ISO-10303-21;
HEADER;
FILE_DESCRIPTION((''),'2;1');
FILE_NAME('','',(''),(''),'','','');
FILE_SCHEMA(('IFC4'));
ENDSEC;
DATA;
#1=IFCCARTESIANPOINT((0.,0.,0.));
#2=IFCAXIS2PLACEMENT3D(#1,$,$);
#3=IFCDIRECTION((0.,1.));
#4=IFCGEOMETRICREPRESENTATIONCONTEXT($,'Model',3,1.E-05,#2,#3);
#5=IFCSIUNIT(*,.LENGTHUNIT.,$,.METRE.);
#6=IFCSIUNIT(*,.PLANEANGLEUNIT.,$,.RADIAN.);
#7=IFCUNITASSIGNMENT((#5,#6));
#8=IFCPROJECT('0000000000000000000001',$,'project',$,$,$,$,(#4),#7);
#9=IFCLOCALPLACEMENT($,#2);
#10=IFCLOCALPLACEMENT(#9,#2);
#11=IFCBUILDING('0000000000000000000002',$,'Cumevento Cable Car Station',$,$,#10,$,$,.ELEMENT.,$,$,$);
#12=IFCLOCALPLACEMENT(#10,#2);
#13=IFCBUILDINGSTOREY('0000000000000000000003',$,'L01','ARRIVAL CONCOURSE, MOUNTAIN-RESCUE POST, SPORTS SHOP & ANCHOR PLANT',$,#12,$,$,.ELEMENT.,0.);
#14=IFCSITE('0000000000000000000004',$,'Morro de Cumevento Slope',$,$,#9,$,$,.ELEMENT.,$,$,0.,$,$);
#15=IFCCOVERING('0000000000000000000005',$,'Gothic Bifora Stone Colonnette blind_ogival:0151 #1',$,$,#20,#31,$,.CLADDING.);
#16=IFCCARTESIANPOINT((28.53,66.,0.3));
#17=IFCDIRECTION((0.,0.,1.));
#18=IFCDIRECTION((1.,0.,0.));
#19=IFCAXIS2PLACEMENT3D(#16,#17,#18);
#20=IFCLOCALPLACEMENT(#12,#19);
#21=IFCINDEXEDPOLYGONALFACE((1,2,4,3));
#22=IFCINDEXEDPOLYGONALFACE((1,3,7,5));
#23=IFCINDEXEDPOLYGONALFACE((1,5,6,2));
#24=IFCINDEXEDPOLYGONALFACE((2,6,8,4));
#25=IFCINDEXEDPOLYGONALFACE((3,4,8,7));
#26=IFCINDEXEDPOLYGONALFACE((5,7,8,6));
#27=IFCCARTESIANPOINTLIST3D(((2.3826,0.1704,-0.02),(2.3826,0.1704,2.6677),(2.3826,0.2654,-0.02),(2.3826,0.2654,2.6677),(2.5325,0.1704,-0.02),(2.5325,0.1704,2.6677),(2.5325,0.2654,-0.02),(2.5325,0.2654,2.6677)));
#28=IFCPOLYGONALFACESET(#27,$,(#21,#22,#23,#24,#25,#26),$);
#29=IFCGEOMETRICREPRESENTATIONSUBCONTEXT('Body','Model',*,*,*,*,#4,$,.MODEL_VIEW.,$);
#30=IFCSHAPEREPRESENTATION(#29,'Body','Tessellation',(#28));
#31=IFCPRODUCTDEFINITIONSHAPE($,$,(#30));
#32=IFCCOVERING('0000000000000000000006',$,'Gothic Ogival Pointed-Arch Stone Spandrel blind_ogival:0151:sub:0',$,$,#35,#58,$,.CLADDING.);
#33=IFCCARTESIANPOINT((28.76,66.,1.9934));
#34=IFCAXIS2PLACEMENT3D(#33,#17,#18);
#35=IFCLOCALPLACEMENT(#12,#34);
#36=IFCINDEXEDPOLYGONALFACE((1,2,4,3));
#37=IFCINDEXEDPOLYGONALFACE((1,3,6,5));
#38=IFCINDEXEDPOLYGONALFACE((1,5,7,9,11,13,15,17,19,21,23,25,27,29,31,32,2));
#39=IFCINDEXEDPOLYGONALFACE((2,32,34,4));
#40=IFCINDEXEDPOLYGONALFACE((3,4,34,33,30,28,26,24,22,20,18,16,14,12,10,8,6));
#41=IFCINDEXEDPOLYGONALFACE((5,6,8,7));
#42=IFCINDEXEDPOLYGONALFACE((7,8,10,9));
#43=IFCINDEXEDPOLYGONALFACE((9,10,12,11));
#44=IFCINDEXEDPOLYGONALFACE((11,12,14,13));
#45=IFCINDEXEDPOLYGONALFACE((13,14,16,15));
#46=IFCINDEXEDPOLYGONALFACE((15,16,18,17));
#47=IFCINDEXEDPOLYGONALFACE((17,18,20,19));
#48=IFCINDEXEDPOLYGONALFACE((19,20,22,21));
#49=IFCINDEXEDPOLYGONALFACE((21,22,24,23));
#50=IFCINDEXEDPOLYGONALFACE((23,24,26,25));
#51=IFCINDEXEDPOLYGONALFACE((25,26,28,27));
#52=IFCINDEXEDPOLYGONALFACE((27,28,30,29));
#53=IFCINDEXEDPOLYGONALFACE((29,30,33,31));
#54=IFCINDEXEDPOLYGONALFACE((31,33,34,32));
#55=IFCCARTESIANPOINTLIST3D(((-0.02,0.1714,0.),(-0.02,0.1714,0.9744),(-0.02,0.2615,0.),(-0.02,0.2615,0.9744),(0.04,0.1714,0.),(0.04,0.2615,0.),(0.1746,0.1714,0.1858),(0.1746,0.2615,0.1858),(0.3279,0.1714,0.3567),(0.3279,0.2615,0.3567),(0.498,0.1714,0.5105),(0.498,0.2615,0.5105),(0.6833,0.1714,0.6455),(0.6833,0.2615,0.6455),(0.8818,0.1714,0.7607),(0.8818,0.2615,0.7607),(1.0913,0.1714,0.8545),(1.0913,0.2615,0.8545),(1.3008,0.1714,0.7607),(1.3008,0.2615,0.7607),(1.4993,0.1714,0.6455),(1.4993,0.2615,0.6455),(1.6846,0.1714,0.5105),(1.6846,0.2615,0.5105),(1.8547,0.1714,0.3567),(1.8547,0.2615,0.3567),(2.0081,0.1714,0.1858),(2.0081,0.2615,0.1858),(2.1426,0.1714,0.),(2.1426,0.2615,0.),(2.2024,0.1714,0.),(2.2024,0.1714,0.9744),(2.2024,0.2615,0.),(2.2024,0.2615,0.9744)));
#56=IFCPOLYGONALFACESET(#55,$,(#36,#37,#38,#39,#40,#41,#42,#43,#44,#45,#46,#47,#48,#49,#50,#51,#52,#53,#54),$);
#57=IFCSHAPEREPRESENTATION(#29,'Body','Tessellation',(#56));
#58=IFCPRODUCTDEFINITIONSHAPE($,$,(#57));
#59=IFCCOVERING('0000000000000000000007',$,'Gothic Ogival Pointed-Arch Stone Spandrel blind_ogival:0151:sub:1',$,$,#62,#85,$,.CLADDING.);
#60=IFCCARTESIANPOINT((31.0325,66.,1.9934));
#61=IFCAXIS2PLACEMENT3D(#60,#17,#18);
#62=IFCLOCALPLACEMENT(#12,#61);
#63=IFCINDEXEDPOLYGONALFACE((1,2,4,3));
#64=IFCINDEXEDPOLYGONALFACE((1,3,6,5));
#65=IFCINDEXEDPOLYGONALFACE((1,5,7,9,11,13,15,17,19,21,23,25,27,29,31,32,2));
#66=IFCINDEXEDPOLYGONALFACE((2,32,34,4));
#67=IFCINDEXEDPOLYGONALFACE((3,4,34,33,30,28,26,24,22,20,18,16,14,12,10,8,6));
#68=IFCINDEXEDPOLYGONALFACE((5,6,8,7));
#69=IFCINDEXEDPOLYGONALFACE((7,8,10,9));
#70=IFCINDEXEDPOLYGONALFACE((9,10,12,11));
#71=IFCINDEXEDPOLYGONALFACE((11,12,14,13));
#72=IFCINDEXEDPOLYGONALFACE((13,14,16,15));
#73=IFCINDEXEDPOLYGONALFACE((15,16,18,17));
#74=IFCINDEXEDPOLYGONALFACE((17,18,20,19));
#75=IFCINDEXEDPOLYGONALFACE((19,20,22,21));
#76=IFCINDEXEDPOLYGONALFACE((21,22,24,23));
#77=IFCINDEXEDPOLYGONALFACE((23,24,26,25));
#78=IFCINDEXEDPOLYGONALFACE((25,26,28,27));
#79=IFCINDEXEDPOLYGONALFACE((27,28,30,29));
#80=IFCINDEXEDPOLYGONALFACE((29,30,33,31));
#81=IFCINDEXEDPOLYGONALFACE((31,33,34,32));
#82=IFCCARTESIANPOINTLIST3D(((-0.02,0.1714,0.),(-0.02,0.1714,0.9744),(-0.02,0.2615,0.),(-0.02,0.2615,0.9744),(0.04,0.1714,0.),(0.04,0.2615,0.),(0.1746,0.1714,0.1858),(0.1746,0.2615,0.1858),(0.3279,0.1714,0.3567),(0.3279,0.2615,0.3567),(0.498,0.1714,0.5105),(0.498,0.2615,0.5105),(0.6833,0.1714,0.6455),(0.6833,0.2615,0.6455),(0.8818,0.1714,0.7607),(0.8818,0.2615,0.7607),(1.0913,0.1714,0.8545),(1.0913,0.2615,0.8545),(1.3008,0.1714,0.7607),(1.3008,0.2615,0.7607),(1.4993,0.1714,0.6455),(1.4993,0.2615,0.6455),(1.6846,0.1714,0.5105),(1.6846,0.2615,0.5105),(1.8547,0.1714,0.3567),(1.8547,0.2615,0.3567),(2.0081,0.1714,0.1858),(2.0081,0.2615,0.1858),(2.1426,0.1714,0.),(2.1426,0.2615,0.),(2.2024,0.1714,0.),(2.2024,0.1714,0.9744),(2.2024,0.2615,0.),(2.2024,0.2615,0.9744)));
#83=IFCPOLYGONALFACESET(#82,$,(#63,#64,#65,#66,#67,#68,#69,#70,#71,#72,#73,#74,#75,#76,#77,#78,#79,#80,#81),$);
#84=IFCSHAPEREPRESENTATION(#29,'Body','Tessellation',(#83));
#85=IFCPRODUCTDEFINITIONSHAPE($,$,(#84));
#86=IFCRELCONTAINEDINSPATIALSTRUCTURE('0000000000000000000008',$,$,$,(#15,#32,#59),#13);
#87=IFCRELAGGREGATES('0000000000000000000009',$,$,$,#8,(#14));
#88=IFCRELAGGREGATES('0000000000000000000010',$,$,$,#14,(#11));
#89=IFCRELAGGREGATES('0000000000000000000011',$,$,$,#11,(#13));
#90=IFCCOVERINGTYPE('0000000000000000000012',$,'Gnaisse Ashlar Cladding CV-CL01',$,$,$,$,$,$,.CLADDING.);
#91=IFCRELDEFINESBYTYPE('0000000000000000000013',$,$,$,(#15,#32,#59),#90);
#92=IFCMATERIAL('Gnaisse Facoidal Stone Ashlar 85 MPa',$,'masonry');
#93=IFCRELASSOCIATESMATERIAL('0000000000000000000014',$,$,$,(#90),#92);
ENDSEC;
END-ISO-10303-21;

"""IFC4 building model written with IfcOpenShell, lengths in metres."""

from ifc_helpers import new_model, si_unit, direction, frame, origin, place, context, subcontext, project, spatial, polyline, outline, extrude, material, type_object, element, save


model = new_model("IFC4")

# Units and contexts
model_context = context("Model", 3, precision=1e-05, world=origin(), true_north=direction((0.0, 1.0)))
body_context = subcontext(model_context, "Body", "Model", "MODEL_VIEW")
ifc_project = project(units=[si_unit("LENGTHUNIT", "METRE"), si_unit("PLANEANGLEUNIT", "RADIAN")], contexts=[model_context])

# Site, building, storey
site_placement = place(None, origin())
site = spatial("IfcSite", under=ifc_project, at=site_placement, Name="Morro de Cumevento Slope", CompositionType="ELEMENT", RefElevation=0.0)
building_placement = place(site_placement, origin())
building = spatial("IfcBuilding", under=site, at=building_placement, Name="Cumevento Cable Car Station", CompositionType="ELEMENT")
storey_placement = place(building_placement, origin())
storey = spatial("IfcBuildingStorey", under=building, at=storey_placement, Name="L01", Description="ARRIVAL CONCOURSE, MOUNTAIN-RESCUE POST, SPORTS SHOP & ANCHOR PLANT", CompositionType="ELEMENT", Elevation=0.0)

# Coverings
ifc_material_1 = material(Name="Gnaisse Facoidal Stone Ashlar 85 MPa", Category="masonry")
covering_type = type_object("IfcCoveringType", Name="Gnaisse Ashlar Cladding CV-CL01", PredefinedType="CLADDING", material=ifc_material_1)
placement = place(storey_placement, frame((28.53, 66.0, 0.3), z_axis=(0.0, 0.0, 1.0), x_axis=(1.0, 0.0, 0.0)))
element("IfcCovering", 1, at=placement, inside=storey, type_object=covering_type, Name="Gothic Bifora Stone Colonnette blind_ogival:0151 #1", PredefinedType="CLADDING", context=body_context, shape_type="SweptSolid", body=[
    extrude(outline(polyline([(2.3826, -0.02), (2.5325, -0.02), (2.5325, 2.6677), (2.3826, 2.6677), (2.3826, -0.02)])), frame((0.0, 0.2654, 0.0), z_axis=(0.0, -1.0, 0.0), x_axis=(1.0, 0.0, 0.0)), (0.0, 0.0, 1.0), 0.095),
])
for number, where, z_axis, x_axis, name in (
    (2, (28.76, 66.0, 1.9934), (0.0, 0.0, 1.0), (1.0, 0.0, 0.0), "Gothic Ogival Pointed-Arch Stone Spandrel blind_ogival:0151:sub:0"),
    (3, (31.0325, 66.0, 1.9934), (0.0, 0.0, 1.0), (1.0, 0.0, 0.0), "Gothic Ogival Pointed-Arch Stone Spandrel blind_ogival:0151:sub:1"),
):
    element("IfcCovering", number, at=place(storey_placement, frame(where, z_axis=z_axis, x_axis=x_axis)), inside=storey, type_object=covering_type, Name=name, PredefinedType="CLADDING", context=body_context, shape_type="SweptSolid", body=[
        extrude(outline(polyline([(-0.02, 0.0), (-0.02, 0.9744), (2.2024, 0.9744), (2.2024, 0.0), (2.1426, 0.0), (2.0081, 0.1858), (1.8547, 0.3567), (1.6846, 0.5105), (1.4993, 0.6455), (1.3008, 0.7607), (1.0913, 0.8545), (0.8818, 0.7607), (0.6833, 0.6455), (0.498, 0.5105), (0.3279, 0.3567), (0.1746, 0.1858), (0.04, 0.0), (-0.02, 0.0)])), frame((0.0, 0.2615, 0.0), z_axis=(0.0, -1.0, 0.0), x_axis=(1.0, 0.0, 0.0)), (0.0, 0.0, 1.0), 0.0901),
    ])

save(model, "model.ifc")
